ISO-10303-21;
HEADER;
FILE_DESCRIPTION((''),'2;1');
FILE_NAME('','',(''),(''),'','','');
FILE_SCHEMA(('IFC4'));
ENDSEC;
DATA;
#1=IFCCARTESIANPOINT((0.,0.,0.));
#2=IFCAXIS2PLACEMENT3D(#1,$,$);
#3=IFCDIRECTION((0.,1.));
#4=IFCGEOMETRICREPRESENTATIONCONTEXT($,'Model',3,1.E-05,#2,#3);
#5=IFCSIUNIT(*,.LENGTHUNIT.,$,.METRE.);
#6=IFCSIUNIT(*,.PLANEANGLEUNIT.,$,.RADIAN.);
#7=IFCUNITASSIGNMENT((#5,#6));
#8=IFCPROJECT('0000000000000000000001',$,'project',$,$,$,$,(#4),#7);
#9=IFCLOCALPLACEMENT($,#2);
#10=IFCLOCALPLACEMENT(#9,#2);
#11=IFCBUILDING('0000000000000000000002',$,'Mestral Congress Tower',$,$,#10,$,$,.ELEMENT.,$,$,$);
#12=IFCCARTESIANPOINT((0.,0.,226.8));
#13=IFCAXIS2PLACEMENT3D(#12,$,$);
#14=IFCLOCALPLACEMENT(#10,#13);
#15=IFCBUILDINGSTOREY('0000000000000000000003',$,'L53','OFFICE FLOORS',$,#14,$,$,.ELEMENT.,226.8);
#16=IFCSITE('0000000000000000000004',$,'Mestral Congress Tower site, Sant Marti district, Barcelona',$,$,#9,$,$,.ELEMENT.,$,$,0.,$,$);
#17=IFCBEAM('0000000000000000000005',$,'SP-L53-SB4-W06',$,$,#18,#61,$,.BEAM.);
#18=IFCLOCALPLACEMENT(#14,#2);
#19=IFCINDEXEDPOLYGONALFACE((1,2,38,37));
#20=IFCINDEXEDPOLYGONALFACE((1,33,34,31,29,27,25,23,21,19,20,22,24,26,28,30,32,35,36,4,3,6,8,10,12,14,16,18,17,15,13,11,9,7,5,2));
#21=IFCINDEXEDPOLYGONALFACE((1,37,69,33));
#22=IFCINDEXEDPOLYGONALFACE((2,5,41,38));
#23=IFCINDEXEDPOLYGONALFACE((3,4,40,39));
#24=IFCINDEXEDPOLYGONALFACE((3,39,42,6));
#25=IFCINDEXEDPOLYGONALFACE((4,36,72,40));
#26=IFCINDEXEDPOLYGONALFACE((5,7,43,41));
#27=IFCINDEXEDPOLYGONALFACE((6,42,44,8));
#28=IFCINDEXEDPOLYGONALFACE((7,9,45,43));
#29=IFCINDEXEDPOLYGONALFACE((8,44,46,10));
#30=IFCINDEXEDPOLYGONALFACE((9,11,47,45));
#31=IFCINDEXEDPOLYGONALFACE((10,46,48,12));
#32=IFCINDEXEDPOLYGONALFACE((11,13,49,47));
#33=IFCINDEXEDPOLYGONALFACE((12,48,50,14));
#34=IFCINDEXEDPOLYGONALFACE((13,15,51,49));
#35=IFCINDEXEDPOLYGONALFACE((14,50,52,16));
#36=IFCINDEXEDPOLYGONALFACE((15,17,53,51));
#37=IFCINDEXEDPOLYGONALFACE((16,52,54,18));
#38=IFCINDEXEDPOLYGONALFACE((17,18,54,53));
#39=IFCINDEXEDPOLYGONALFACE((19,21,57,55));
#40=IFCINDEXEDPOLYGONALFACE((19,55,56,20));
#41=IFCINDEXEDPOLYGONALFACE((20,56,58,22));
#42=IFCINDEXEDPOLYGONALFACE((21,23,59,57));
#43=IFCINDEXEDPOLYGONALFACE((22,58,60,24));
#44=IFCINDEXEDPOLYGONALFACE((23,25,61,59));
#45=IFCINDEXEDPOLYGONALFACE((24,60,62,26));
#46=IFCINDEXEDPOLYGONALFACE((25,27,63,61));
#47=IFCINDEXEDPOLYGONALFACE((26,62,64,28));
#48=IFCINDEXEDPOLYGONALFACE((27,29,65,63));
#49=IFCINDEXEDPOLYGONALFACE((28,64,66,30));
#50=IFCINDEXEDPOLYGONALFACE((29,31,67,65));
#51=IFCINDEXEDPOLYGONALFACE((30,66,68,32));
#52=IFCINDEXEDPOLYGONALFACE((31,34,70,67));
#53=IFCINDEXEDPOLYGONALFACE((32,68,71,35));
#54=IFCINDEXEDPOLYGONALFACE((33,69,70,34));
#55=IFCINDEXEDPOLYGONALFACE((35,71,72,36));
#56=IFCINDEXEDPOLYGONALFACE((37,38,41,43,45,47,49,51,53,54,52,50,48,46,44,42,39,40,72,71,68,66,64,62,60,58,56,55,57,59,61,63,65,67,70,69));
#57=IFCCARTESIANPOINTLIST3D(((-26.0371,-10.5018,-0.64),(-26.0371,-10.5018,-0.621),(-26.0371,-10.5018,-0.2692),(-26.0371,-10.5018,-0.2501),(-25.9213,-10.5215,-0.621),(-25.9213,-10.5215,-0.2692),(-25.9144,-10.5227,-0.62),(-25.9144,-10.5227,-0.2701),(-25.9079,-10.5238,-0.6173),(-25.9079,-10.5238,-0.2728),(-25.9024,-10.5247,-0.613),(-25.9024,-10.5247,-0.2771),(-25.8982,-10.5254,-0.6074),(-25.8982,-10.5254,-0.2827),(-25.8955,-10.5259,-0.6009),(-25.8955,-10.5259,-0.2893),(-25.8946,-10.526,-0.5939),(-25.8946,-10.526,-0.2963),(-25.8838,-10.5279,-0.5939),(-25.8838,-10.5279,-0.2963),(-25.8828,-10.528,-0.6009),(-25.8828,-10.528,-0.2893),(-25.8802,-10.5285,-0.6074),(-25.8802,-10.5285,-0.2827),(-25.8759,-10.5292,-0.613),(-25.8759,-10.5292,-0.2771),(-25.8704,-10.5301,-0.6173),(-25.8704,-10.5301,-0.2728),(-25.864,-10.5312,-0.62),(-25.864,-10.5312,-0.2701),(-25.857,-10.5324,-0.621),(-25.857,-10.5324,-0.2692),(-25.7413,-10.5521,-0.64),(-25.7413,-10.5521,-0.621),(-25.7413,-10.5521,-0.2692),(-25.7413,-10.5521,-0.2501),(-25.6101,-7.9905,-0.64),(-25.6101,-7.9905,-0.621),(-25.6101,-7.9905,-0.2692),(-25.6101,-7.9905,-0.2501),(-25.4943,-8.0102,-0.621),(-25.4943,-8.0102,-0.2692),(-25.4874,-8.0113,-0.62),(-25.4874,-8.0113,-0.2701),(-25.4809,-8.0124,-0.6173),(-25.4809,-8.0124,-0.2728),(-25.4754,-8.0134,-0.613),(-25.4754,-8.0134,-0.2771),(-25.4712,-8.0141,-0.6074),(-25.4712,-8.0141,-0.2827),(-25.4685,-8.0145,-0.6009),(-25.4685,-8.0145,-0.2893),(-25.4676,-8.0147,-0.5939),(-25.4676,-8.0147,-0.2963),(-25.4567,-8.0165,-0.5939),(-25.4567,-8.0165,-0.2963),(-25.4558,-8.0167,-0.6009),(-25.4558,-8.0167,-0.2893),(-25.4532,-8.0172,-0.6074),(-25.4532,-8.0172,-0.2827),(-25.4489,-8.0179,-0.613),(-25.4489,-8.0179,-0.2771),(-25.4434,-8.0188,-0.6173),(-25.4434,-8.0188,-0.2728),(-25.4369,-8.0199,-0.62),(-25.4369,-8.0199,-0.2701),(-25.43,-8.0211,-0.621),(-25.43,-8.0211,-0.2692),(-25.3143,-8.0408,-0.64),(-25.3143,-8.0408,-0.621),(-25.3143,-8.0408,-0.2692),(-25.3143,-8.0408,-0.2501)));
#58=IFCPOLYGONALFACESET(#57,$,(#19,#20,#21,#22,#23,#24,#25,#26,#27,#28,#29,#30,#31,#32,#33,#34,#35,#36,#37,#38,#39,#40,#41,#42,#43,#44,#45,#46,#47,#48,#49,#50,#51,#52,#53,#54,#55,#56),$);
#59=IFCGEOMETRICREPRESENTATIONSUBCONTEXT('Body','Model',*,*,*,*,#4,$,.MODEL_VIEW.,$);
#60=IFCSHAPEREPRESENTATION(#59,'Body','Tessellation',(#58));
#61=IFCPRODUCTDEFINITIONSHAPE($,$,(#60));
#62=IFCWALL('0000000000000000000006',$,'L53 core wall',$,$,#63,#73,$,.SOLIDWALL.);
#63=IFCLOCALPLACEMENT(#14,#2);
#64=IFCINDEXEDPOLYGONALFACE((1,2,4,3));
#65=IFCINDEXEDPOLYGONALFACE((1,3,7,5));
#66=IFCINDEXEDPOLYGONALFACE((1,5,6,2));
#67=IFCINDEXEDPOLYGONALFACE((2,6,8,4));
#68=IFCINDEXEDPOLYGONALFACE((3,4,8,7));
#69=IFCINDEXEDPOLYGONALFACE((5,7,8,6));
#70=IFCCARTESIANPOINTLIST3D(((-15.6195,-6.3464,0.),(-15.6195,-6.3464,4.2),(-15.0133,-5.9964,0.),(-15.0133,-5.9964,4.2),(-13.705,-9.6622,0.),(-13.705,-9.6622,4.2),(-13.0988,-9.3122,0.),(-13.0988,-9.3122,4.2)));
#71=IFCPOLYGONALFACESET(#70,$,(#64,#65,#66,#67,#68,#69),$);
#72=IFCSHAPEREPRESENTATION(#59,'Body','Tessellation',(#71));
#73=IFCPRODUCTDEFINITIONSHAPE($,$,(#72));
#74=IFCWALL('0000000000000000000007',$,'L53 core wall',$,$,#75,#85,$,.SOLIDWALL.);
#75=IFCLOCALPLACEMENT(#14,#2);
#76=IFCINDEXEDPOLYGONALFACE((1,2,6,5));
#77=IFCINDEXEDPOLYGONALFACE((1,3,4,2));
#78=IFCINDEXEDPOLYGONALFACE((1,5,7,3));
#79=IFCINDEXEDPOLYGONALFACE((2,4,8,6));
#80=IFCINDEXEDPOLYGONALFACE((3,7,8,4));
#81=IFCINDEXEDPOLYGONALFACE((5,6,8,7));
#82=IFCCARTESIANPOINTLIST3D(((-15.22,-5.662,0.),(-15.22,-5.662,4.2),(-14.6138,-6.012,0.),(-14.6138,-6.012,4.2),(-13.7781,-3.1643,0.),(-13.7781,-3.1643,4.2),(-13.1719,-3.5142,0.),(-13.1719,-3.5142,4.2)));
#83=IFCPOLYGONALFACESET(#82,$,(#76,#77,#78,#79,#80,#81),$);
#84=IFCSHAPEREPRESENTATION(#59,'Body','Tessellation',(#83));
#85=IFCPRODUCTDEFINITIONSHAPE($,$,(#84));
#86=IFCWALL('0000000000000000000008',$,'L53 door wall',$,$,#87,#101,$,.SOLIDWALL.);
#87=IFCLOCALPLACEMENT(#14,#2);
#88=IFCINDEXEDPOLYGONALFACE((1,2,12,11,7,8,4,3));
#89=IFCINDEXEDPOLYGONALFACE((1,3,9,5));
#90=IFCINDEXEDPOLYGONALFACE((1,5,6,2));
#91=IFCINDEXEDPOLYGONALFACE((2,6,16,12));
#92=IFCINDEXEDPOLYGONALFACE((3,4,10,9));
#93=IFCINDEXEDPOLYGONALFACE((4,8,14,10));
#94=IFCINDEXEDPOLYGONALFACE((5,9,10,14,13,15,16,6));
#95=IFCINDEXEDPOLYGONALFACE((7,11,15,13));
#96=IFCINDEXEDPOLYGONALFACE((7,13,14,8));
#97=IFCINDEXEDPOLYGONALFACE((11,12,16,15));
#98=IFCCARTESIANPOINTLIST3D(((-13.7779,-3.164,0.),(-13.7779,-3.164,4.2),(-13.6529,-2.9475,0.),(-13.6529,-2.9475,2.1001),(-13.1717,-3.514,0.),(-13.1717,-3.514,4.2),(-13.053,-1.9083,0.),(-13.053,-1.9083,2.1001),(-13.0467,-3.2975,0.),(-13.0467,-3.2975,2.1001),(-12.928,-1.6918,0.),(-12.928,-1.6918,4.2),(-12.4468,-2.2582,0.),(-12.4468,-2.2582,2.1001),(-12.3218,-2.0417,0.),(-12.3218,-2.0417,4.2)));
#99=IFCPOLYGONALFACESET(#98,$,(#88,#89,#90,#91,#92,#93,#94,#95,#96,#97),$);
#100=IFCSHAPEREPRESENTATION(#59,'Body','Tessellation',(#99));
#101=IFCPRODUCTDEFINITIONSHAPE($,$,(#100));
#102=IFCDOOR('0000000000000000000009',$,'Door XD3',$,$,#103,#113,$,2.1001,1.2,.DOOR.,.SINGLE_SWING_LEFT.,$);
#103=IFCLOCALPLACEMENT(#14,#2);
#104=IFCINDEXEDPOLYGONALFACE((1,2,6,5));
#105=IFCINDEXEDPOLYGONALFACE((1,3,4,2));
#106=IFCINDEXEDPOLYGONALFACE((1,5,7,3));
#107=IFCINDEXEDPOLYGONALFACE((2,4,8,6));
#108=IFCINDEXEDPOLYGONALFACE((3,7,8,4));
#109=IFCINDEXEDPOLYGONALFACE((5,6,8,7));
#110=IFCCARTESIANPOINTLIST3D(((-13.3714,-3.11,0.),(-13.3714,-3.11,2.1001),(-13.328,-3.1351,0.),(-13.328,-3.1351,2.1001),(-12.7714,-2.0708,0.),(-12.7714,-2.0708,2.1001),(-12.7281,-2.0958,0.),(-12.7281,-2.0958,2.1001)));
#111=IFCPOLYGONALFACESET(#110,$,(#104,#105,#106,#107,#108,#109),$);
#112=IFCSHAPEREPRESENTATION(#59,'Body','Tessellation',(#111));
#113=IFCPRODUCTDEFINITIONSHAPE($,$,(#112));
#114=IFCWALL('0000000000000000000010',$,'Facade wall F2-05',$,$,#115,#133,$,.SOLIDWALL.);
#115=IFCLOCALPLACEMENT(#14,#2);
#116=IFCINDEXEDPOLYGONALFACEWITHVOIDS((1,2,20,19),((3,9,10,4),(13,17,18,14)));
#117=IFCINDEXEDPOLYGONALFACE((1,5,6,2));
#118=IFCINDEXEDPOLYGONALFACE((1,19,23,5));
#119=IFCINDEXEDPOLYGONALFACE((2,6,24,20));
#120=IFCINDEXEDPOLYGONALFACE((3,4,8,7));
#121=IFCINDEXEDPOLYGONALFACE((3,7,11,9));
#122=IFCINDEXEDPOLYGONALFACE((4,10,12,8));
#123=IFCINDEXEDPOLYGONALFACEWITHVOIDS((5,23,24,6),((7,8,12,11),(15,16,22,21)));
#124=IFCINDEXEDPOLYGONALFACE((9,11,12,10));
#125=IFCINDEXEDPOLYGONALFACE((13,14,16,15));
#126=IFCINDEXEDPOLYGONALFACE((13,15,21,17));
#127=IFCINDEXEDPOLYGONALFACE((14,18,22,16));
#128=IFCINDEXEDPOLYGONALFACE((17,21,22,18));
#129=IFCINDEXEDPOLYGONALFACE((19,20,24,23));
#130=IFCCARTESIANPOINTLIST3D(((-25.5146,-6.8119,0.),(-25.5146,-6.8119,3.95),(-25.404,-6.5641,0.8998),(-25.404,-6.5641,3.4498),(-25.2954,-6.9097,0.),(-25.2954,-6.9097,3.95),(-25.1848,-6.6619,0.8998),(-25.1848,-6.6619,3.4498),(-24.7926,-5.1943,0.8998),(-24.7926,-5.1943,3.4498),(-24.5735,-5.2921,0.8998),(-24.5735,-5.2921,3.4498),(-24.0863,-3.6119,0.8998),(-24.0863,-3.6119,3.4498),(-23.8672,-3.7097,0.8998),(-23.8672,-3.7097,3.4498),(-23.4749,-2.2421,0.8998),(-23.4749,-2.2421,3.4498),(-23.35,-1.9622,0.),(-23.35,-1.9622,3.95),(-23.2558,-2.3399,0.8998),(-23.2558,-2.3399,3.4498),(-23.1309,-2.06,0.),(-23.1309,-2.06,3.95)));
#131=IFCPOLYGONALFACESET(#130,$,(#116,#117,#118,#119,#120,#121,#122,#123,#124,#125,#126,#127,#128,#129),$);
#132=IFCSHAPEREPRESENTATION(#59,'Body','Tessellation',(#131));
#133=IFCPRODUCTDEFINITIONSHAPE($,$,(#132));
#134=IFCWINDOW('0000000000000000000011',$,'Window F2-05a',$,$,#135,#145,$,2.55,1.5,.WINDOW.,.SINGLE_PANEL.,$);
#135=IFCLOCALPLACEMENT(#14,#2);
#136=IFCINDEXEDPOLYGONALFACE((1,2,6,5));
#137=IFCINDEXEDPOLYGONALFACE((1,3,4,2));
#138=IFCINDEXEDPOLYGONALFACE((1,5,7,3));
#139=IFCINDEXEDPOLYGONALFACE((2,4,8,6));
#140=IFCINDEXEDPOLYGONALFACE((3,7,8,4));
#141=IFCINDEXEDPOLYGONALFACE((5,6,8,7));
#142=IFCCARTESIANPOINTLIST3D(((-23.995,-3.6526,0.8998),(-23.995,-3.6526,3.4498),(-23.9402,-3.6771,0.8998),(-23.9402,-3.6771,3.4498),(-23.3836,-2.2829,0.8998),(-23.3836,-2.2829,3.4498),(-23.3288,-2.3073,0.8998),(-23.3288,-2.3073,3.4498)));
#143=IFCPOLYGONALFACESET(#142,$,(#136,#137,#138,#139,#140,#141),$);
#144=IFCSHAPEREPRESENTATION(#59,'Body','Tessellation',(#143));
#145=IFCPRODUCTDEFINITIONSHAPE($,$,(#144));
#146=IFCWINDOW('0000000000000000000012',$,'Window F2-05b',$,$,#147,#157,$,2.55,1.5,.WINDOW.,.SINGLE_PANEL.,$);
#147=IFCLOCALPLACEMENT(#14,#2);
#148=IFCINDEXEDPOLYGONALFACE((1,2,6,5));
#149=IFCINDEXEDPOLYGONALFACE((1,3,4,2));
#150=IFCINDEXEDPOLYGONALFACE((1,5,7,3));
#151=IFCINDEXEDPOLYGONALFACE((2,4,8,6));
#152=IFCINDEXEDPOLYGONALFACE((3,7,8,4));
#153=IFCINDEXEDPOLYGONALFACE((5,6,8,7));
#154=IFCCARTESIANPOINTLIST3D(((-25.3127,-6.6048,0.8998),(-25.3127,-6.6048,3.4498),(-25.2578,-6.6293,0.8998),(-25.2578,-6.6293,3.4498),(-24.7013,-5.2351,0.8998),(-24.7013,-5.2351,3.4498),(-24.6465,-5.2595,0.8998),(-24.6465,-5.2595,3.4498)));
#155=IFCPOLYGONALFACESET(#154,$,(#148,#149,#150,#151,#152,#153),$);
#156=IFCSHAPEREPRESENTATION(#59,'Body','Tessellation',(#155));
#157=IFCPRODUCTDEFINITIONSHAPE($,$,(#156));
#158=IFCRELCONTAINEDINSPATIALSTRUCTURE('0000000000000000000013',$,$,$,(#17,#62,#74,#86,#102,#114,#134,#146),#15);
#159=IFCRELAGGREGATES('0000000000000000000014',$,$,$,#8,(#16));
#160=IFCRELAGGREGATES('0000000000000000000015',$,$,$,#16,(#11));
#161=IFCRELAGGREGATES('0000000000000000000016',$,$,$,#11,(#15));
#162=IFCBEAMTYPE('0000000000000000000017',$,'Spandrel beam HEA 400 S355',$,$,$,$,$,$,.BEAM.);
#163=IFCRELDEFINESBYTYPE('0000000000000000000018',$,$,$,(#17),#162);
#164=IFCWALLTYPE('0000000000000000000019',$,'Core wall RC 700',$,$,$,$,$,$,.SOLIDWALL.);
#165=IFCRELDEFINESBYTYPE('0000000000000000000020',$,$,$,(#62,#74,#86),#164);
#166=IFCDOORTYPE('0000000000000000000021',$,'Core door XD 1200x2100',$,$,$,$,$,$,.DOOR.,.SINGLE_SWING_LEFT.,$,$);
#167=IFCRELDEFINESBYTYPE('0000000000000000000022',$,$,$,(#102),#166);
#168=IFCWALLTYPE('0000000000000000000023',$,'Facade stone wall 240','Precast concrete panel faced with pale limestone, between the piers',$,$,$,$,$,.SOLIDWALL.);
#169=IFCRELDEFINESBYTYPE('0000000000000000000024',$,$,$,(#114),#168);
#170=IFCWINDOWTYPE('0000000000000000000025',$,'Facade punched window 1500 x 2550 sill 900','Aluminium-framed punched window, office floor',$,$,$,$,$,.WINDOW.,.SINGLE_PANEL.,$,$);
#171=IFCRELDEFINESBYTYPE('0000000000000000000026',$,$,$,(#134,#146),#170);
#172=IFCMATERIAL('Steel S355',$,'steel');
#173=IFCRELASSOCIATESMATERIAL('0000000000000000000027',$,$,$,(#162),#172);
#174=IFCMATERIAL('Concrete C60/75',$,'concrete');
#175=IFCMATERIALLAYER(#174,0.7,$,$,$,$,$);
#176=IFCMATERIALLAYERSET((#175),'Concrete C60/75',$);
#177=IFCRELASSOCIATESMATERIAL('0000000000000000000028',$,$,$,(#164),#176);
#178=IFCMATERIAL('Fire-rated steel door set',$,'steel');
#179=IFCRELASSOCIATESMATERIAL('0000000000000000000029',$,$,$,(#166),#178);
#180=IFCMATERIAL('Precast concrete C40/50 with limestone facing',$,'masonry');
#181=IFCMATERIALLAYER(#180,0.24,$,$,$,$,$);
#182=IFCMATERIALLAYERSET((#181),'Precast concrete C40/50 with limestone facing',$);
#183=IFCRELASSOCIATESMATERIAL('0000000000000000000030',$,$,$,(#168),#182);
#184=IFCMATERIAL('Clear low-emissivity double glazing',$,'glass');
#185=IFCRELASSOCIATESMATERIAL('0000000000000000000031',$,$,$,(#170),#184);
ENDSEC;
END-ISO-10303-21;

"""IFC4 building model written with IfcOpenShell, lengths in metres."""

from ifc_helpers import new_model, si_unit, direction, frame, frame_2d, origin, origin_2d, place, context, subcontext, project, spatial, rectangle, i_section, extrude, material, layer, layer_set, material_profile, profile_set, type_object, element, fill, save


model = new_model("IFC4")

# Units and contexts
model_context = context("Model", 3, precision=1e-05, world=origin(), true_north=direction((0.0, 1.0)))
body_context = subcontext(model_context, "Body", "Model", "MODEL_VIEW")
ifc_project = project(units=[si_unit("LENGTHUNIT", "METRE"), si_unit("PLANEANGLEUNIT", "RADIAN")], contexts=[model_context])

# Site, building, storey
site_placement = place(None, origin())
site = spatial("IfcSite", under=ifc_project, at=site_placement, Name="Mestral Congress Tower site, Sant Marti district, Barcelona", CompositionType="ELEMENT", RefElevation=0.0)
building_placement = place(site_placement, origin())
building = spatial("IfcBuilding", under=site, at=building_placement, Name="Mestral Congress Tower", CompositionType="ELEMENT")
storey_placement = place(building_placement, frame((0.0, 0.0, 226.8)))
storey = spatial("IfcBuildingStorey", under=building, at=storey_placement, Name="L53", Description="OFFICE FLOORS", CompositionType="ELEMENT", Elevation=226.8)

# Shared definitions
ifc_material_1 = material(Name="Concrete C60/75", Category="concrete")

# Beam
ifc_material_2 = material(Name="Steel S355", Category="steel")
ifc_material_profile_1 = material_profile(ifc_material_2, i_section(OverallWidth=0.3, OverallDepth=0.3899, WebThickness=0.011, FlangeThickness=0.019, FilletRadius=0.0271, at=origin_2d()), Name="HEA 400")
ifc_profile_set_1 = profile_set([ifc_material_profile_1], Name="Steel S355")
beam_type_1 = type_object("IfcBeamType", Name="Spandrel beam HEA 400 S355", PredefinedType="BEAM", material=ifc_profile_set_1)
beam_1_placement = place(storey_placement, frame((-25.4622, -8.0156, -0.4451), z_axis=(-0.167631, -0.98585, 0.0), x_axis=(0.98585, -0.167631, 0.0)))
element("IfcBeam", 1, at=beam_1_placement, inside=storey, type_object=beam_type_1, Name="SP-L53-SB4-W06", PredefinedType="BEAM", context=body_context, shape_type="SweptSolid", body=[
    extrude(i_section(OverallWidth=0.3, OverallDepth=0.3899, WebThickness=0.011, FlangeThickness=0.019, FilletRadius=0.0271, at=origin_2d()), origin(), (0.0, 0.0, 1.0), 2.5474),
])

# Walls
ifc_layer_1 = layer(ifc_material_1, 0.7)
ifc_layer_set_1 = layer_set([ifc_layer_1], Name="Concrete C60/75")
wall_type_1 = type_object("IfcWallType", Name="Core wall RC 700", PredefinedType="SOLIDWALL", material=ifc_layer_set_1)
wall_1_placement = place(storey_placement, frame((-13.4019, -9.4873, 0.0), z_axis=(0.0, 0.0, 1.0), x_axis=(-0.50002, 0.866014, 0.0)))
element("IfcWall", 2, at=wall_1_placement, inside=storey, type_object=wall_type_1, Name="L53 core wall", PredefinedType="SOLIDWALL", context=body_context, shape_type="SweptSolid", body=[
    extrude(rectangle(XDim=3.8289, YDim=0.7, at=frame_2d((1.9146, 0.0))), origin(), (0.0, 0.0, 1.0), 4.2),
])
wall_2_placement = place(storey_placement, frame((-13.4751, -3.3394, 0.0), z_axis=(0.0, 0.0, 1.0), x_axis=(-0.499945, -0.866057, 0.0)))
element("IfcWall", 3, at=wall_2_placement, inside=storey, type_object=wall_type_1, Name="L53 core wall", PredefinedType="SOLIDWALL", context=body_context, shape_type="SweptSolid", body=[
    extrude(rectangle(XDim=2.884, YDim=0.7, at=frame_2d((1.4419, 0.0))), origin(), (0.0, 0.0, 1.0), 4.2),
])

# Wall, opening, door
wall_3_placement = place(storey_placement, frame((-13.4749, -3.3391, 0.0), z_axis=(0.0, 0.0, 1.0), x_axis=(0.499955, 0.866052, 0.0)))
wall_3 = element("IfcWall", 4, at=wall_3_placement, inside=storey, type_object=wall_type_1, Name="L53 door wall", PredefinedType="SOLIDWALL", context=body_context, shape_type="SweptSolid", body=[
    extrude(rectangle(XDim=1.7, YDim=0.7, at=frame_2d((0.8501, 0.0))), origin(), (0.0, 0.0, 1.0), 4.2),
])
opening_1_placement = place(wall_3_placement, frame((0.25, 0.0, 0.0)))
opening_1 = element("IfcOpeningElement", 5, at=opening_1_placement, cuts=wall_3, PredefinedType="OPENING", context=body_context, shape_type="SweptSolid", body=[
    extrude(rectangle(XDim=1.2, YDim=2.1001, at=frame_2d((0.6001, 1.05))), frame((0.0, 0.3599, 0.0), z_axis=(0.0, -1.0, 0.0), x_axis=(1.0, 0.0, 0.0)), (0.0, 0.0, 1.0), 0.72),
])
ifc_material_3 = material(Name="Fire-rated steel door set", Category="steel")
door_type_1 = type_object("IfcDoorType", Name="Core door XD 1200x2100", OperationType="SINGLE_SWING_LEFT", PredefinedType="DOOR", material=ifc_material_3)
door_1_placement = place(opening_1_placement, origin())
door_1 = element("IfcDoor", 6, at=door_1_placement, inside=storey, type_object=door_type_1, Name="Door XD3", OperationType="SINGLE_SWING_LEFT", OverallHeight=2.1001, OverallWidth=1.2, PredefinedType="DOOR", context=body_context, shape_type="SweptSolid", body=[
    extrude(rectangle(XDim=1.2, YDim=2.1001, at=frame_2d((0.6001, 1.05))), frame((0.0, 0.0249, 0.0), z_axis=(0.0, -1.0, 0.0), x_axis=(1.0, 0.0, 0.0)), (0.0, 0.0, 1.0), 0.05),
])
fill(opening_1, door_1)

# Wall, openings, windows
ifc_material_4 = material(Name="Precast concrete C40/50 with limestone facing", Category="masonry")
ifc_layer_2 = layer(ifc_material_4, 0.24)
ifc_layer_set_2 = layer_set([ifc_layer_2], Name="Precast concrete C40/50 with limestone facing")
wall_type_2 = type_object("IfcWallType", Name="Facade stone wall 240", Description="Precast concrete panel faced with pale limestone, between the piers", PredefinedType="SOLIDWALL", material=ifc_layer_set_2)
wall_4_placement = place(storey_placement, frame((-23.2405, -2.0112, 0.0), z_axis=(0.0, 0.0, 1.0), x_axis=(-0.40758, -0.91317, 0.0)))
wall_4 = element("IfcWall", 7, at=wall_4_placement, inside=storey, type_object=wall_type_2, Name="Facade wall F2-05", PredefinedType="SOLIDWALL", context=body_context, shape_type="SweptSolid", body=[
    extrude(rectangle(XDim=5.3108, YDim=0.24, at=frame_2d((2.6553, 0.0))), origin(), (0.0, 0.0, 1.0), 3.95),
])
opening_2_placement = place(wall_4_placement, frame((0.3064, 0.0, 0.8999)))
opening_2 = element("IfcOpeningElement", 8, at=opening_2_placement, cuts=wall_4, PredefinedType="OPENING", context=body_context, shape_type="SweptSolid", body=[
    extrude(rectangle(XDim=1.5, YDim=2.55, at=frame_2d((0.75, 1.2749))), frame((0.0, 0.1299, 0.0), z_axis=(0.0, -1.0, 0.0), x_axis=(1.0, 0.0, 0.0)), (0.0, 0.0, 1.0), 0.26),
])
opening_3_placement = place(wall_4_placement, frame((3.5393, 0.0, 0.8999)))
opening_3 = element("IfcOpeningElement", 9, at=opening_3_placement, cuts=wall_4, PredefinedType="OPENING", context=body_context, shape_type="SweptSolid", body=[
    extrude(rectangle(XDim=1.5, YDim=2.55, at=frame_2d((0.75, 1.2749))), frame((0.0, 0.1299, 0.0), z_axis=(0.0, -1.0, 0.0), x_axis=(1.0, 0.0, 0.0)), (0.0, 0.0, 1.0), 0.26),
])
ifc_material_5 = material(Name="Clear low-emissivity double glazing", Category="glass")
window_type_1 = type_object("IfcWindowType", Name="Facade punched window 1500 x 2550 sill 900", Description="Aluminium-framed punched window, office floor", PartitioningType="SINGLE_PANEL", PredefinedType="WINDOW", material=ifc_material_5)
window_1_placement = place(opening_2_placement, origin())
window_1 = element("IfcWindow", 10, at=window_1_placement, inside=storey, type_object=window_type_1, Name="Window F2-05a", OverallHeight=2.55, OverallWidth=1.5, PartitioningType="SINGLE_PANEL", PredefinedType="WINDOW", context=body_context, shape_type="SweptSolid", body=[
    extrude(rectangle(XDim=1.5, YDim=2.55, at=frame_2d((0.75, 1.2749))), frame((0.0, 0.04, 0.0), z_axis=(0.0, -1.0, 0.0), x_axis=(1.0, 0.0, 0.0)), (0.0, 0.0, 1.0), 0.0601),
])
fill(opening_2, window_1)
window_2_placement = place(opening_3_placement, origin())
window_2 = element("IfcWindow", 11, at=window_2_placement, inside=storey, type_object=window_type_1, Name="Window F2-05b", OverallHeight=2.55, OverallWidth=1.5, PartitioningType="SINGLE_PANEL", PredefinedType="WINDOW", context=body_context, shape_type="SweptSolid", body=[
    extrude(rectangle(XDim=1.5, YDim=2.55, at=frame_2d((0.75, 1.2749))), frame((0.0, 0.04, 0.0), z_axis=(0.0, -1.0, 0.0), x_axis=(1.0, 0.0, 0.0)), (0.0, 0.0, 1.0), 0.0601),
])
fill(opening_3, window_2)

save(model, "model.ifc")
